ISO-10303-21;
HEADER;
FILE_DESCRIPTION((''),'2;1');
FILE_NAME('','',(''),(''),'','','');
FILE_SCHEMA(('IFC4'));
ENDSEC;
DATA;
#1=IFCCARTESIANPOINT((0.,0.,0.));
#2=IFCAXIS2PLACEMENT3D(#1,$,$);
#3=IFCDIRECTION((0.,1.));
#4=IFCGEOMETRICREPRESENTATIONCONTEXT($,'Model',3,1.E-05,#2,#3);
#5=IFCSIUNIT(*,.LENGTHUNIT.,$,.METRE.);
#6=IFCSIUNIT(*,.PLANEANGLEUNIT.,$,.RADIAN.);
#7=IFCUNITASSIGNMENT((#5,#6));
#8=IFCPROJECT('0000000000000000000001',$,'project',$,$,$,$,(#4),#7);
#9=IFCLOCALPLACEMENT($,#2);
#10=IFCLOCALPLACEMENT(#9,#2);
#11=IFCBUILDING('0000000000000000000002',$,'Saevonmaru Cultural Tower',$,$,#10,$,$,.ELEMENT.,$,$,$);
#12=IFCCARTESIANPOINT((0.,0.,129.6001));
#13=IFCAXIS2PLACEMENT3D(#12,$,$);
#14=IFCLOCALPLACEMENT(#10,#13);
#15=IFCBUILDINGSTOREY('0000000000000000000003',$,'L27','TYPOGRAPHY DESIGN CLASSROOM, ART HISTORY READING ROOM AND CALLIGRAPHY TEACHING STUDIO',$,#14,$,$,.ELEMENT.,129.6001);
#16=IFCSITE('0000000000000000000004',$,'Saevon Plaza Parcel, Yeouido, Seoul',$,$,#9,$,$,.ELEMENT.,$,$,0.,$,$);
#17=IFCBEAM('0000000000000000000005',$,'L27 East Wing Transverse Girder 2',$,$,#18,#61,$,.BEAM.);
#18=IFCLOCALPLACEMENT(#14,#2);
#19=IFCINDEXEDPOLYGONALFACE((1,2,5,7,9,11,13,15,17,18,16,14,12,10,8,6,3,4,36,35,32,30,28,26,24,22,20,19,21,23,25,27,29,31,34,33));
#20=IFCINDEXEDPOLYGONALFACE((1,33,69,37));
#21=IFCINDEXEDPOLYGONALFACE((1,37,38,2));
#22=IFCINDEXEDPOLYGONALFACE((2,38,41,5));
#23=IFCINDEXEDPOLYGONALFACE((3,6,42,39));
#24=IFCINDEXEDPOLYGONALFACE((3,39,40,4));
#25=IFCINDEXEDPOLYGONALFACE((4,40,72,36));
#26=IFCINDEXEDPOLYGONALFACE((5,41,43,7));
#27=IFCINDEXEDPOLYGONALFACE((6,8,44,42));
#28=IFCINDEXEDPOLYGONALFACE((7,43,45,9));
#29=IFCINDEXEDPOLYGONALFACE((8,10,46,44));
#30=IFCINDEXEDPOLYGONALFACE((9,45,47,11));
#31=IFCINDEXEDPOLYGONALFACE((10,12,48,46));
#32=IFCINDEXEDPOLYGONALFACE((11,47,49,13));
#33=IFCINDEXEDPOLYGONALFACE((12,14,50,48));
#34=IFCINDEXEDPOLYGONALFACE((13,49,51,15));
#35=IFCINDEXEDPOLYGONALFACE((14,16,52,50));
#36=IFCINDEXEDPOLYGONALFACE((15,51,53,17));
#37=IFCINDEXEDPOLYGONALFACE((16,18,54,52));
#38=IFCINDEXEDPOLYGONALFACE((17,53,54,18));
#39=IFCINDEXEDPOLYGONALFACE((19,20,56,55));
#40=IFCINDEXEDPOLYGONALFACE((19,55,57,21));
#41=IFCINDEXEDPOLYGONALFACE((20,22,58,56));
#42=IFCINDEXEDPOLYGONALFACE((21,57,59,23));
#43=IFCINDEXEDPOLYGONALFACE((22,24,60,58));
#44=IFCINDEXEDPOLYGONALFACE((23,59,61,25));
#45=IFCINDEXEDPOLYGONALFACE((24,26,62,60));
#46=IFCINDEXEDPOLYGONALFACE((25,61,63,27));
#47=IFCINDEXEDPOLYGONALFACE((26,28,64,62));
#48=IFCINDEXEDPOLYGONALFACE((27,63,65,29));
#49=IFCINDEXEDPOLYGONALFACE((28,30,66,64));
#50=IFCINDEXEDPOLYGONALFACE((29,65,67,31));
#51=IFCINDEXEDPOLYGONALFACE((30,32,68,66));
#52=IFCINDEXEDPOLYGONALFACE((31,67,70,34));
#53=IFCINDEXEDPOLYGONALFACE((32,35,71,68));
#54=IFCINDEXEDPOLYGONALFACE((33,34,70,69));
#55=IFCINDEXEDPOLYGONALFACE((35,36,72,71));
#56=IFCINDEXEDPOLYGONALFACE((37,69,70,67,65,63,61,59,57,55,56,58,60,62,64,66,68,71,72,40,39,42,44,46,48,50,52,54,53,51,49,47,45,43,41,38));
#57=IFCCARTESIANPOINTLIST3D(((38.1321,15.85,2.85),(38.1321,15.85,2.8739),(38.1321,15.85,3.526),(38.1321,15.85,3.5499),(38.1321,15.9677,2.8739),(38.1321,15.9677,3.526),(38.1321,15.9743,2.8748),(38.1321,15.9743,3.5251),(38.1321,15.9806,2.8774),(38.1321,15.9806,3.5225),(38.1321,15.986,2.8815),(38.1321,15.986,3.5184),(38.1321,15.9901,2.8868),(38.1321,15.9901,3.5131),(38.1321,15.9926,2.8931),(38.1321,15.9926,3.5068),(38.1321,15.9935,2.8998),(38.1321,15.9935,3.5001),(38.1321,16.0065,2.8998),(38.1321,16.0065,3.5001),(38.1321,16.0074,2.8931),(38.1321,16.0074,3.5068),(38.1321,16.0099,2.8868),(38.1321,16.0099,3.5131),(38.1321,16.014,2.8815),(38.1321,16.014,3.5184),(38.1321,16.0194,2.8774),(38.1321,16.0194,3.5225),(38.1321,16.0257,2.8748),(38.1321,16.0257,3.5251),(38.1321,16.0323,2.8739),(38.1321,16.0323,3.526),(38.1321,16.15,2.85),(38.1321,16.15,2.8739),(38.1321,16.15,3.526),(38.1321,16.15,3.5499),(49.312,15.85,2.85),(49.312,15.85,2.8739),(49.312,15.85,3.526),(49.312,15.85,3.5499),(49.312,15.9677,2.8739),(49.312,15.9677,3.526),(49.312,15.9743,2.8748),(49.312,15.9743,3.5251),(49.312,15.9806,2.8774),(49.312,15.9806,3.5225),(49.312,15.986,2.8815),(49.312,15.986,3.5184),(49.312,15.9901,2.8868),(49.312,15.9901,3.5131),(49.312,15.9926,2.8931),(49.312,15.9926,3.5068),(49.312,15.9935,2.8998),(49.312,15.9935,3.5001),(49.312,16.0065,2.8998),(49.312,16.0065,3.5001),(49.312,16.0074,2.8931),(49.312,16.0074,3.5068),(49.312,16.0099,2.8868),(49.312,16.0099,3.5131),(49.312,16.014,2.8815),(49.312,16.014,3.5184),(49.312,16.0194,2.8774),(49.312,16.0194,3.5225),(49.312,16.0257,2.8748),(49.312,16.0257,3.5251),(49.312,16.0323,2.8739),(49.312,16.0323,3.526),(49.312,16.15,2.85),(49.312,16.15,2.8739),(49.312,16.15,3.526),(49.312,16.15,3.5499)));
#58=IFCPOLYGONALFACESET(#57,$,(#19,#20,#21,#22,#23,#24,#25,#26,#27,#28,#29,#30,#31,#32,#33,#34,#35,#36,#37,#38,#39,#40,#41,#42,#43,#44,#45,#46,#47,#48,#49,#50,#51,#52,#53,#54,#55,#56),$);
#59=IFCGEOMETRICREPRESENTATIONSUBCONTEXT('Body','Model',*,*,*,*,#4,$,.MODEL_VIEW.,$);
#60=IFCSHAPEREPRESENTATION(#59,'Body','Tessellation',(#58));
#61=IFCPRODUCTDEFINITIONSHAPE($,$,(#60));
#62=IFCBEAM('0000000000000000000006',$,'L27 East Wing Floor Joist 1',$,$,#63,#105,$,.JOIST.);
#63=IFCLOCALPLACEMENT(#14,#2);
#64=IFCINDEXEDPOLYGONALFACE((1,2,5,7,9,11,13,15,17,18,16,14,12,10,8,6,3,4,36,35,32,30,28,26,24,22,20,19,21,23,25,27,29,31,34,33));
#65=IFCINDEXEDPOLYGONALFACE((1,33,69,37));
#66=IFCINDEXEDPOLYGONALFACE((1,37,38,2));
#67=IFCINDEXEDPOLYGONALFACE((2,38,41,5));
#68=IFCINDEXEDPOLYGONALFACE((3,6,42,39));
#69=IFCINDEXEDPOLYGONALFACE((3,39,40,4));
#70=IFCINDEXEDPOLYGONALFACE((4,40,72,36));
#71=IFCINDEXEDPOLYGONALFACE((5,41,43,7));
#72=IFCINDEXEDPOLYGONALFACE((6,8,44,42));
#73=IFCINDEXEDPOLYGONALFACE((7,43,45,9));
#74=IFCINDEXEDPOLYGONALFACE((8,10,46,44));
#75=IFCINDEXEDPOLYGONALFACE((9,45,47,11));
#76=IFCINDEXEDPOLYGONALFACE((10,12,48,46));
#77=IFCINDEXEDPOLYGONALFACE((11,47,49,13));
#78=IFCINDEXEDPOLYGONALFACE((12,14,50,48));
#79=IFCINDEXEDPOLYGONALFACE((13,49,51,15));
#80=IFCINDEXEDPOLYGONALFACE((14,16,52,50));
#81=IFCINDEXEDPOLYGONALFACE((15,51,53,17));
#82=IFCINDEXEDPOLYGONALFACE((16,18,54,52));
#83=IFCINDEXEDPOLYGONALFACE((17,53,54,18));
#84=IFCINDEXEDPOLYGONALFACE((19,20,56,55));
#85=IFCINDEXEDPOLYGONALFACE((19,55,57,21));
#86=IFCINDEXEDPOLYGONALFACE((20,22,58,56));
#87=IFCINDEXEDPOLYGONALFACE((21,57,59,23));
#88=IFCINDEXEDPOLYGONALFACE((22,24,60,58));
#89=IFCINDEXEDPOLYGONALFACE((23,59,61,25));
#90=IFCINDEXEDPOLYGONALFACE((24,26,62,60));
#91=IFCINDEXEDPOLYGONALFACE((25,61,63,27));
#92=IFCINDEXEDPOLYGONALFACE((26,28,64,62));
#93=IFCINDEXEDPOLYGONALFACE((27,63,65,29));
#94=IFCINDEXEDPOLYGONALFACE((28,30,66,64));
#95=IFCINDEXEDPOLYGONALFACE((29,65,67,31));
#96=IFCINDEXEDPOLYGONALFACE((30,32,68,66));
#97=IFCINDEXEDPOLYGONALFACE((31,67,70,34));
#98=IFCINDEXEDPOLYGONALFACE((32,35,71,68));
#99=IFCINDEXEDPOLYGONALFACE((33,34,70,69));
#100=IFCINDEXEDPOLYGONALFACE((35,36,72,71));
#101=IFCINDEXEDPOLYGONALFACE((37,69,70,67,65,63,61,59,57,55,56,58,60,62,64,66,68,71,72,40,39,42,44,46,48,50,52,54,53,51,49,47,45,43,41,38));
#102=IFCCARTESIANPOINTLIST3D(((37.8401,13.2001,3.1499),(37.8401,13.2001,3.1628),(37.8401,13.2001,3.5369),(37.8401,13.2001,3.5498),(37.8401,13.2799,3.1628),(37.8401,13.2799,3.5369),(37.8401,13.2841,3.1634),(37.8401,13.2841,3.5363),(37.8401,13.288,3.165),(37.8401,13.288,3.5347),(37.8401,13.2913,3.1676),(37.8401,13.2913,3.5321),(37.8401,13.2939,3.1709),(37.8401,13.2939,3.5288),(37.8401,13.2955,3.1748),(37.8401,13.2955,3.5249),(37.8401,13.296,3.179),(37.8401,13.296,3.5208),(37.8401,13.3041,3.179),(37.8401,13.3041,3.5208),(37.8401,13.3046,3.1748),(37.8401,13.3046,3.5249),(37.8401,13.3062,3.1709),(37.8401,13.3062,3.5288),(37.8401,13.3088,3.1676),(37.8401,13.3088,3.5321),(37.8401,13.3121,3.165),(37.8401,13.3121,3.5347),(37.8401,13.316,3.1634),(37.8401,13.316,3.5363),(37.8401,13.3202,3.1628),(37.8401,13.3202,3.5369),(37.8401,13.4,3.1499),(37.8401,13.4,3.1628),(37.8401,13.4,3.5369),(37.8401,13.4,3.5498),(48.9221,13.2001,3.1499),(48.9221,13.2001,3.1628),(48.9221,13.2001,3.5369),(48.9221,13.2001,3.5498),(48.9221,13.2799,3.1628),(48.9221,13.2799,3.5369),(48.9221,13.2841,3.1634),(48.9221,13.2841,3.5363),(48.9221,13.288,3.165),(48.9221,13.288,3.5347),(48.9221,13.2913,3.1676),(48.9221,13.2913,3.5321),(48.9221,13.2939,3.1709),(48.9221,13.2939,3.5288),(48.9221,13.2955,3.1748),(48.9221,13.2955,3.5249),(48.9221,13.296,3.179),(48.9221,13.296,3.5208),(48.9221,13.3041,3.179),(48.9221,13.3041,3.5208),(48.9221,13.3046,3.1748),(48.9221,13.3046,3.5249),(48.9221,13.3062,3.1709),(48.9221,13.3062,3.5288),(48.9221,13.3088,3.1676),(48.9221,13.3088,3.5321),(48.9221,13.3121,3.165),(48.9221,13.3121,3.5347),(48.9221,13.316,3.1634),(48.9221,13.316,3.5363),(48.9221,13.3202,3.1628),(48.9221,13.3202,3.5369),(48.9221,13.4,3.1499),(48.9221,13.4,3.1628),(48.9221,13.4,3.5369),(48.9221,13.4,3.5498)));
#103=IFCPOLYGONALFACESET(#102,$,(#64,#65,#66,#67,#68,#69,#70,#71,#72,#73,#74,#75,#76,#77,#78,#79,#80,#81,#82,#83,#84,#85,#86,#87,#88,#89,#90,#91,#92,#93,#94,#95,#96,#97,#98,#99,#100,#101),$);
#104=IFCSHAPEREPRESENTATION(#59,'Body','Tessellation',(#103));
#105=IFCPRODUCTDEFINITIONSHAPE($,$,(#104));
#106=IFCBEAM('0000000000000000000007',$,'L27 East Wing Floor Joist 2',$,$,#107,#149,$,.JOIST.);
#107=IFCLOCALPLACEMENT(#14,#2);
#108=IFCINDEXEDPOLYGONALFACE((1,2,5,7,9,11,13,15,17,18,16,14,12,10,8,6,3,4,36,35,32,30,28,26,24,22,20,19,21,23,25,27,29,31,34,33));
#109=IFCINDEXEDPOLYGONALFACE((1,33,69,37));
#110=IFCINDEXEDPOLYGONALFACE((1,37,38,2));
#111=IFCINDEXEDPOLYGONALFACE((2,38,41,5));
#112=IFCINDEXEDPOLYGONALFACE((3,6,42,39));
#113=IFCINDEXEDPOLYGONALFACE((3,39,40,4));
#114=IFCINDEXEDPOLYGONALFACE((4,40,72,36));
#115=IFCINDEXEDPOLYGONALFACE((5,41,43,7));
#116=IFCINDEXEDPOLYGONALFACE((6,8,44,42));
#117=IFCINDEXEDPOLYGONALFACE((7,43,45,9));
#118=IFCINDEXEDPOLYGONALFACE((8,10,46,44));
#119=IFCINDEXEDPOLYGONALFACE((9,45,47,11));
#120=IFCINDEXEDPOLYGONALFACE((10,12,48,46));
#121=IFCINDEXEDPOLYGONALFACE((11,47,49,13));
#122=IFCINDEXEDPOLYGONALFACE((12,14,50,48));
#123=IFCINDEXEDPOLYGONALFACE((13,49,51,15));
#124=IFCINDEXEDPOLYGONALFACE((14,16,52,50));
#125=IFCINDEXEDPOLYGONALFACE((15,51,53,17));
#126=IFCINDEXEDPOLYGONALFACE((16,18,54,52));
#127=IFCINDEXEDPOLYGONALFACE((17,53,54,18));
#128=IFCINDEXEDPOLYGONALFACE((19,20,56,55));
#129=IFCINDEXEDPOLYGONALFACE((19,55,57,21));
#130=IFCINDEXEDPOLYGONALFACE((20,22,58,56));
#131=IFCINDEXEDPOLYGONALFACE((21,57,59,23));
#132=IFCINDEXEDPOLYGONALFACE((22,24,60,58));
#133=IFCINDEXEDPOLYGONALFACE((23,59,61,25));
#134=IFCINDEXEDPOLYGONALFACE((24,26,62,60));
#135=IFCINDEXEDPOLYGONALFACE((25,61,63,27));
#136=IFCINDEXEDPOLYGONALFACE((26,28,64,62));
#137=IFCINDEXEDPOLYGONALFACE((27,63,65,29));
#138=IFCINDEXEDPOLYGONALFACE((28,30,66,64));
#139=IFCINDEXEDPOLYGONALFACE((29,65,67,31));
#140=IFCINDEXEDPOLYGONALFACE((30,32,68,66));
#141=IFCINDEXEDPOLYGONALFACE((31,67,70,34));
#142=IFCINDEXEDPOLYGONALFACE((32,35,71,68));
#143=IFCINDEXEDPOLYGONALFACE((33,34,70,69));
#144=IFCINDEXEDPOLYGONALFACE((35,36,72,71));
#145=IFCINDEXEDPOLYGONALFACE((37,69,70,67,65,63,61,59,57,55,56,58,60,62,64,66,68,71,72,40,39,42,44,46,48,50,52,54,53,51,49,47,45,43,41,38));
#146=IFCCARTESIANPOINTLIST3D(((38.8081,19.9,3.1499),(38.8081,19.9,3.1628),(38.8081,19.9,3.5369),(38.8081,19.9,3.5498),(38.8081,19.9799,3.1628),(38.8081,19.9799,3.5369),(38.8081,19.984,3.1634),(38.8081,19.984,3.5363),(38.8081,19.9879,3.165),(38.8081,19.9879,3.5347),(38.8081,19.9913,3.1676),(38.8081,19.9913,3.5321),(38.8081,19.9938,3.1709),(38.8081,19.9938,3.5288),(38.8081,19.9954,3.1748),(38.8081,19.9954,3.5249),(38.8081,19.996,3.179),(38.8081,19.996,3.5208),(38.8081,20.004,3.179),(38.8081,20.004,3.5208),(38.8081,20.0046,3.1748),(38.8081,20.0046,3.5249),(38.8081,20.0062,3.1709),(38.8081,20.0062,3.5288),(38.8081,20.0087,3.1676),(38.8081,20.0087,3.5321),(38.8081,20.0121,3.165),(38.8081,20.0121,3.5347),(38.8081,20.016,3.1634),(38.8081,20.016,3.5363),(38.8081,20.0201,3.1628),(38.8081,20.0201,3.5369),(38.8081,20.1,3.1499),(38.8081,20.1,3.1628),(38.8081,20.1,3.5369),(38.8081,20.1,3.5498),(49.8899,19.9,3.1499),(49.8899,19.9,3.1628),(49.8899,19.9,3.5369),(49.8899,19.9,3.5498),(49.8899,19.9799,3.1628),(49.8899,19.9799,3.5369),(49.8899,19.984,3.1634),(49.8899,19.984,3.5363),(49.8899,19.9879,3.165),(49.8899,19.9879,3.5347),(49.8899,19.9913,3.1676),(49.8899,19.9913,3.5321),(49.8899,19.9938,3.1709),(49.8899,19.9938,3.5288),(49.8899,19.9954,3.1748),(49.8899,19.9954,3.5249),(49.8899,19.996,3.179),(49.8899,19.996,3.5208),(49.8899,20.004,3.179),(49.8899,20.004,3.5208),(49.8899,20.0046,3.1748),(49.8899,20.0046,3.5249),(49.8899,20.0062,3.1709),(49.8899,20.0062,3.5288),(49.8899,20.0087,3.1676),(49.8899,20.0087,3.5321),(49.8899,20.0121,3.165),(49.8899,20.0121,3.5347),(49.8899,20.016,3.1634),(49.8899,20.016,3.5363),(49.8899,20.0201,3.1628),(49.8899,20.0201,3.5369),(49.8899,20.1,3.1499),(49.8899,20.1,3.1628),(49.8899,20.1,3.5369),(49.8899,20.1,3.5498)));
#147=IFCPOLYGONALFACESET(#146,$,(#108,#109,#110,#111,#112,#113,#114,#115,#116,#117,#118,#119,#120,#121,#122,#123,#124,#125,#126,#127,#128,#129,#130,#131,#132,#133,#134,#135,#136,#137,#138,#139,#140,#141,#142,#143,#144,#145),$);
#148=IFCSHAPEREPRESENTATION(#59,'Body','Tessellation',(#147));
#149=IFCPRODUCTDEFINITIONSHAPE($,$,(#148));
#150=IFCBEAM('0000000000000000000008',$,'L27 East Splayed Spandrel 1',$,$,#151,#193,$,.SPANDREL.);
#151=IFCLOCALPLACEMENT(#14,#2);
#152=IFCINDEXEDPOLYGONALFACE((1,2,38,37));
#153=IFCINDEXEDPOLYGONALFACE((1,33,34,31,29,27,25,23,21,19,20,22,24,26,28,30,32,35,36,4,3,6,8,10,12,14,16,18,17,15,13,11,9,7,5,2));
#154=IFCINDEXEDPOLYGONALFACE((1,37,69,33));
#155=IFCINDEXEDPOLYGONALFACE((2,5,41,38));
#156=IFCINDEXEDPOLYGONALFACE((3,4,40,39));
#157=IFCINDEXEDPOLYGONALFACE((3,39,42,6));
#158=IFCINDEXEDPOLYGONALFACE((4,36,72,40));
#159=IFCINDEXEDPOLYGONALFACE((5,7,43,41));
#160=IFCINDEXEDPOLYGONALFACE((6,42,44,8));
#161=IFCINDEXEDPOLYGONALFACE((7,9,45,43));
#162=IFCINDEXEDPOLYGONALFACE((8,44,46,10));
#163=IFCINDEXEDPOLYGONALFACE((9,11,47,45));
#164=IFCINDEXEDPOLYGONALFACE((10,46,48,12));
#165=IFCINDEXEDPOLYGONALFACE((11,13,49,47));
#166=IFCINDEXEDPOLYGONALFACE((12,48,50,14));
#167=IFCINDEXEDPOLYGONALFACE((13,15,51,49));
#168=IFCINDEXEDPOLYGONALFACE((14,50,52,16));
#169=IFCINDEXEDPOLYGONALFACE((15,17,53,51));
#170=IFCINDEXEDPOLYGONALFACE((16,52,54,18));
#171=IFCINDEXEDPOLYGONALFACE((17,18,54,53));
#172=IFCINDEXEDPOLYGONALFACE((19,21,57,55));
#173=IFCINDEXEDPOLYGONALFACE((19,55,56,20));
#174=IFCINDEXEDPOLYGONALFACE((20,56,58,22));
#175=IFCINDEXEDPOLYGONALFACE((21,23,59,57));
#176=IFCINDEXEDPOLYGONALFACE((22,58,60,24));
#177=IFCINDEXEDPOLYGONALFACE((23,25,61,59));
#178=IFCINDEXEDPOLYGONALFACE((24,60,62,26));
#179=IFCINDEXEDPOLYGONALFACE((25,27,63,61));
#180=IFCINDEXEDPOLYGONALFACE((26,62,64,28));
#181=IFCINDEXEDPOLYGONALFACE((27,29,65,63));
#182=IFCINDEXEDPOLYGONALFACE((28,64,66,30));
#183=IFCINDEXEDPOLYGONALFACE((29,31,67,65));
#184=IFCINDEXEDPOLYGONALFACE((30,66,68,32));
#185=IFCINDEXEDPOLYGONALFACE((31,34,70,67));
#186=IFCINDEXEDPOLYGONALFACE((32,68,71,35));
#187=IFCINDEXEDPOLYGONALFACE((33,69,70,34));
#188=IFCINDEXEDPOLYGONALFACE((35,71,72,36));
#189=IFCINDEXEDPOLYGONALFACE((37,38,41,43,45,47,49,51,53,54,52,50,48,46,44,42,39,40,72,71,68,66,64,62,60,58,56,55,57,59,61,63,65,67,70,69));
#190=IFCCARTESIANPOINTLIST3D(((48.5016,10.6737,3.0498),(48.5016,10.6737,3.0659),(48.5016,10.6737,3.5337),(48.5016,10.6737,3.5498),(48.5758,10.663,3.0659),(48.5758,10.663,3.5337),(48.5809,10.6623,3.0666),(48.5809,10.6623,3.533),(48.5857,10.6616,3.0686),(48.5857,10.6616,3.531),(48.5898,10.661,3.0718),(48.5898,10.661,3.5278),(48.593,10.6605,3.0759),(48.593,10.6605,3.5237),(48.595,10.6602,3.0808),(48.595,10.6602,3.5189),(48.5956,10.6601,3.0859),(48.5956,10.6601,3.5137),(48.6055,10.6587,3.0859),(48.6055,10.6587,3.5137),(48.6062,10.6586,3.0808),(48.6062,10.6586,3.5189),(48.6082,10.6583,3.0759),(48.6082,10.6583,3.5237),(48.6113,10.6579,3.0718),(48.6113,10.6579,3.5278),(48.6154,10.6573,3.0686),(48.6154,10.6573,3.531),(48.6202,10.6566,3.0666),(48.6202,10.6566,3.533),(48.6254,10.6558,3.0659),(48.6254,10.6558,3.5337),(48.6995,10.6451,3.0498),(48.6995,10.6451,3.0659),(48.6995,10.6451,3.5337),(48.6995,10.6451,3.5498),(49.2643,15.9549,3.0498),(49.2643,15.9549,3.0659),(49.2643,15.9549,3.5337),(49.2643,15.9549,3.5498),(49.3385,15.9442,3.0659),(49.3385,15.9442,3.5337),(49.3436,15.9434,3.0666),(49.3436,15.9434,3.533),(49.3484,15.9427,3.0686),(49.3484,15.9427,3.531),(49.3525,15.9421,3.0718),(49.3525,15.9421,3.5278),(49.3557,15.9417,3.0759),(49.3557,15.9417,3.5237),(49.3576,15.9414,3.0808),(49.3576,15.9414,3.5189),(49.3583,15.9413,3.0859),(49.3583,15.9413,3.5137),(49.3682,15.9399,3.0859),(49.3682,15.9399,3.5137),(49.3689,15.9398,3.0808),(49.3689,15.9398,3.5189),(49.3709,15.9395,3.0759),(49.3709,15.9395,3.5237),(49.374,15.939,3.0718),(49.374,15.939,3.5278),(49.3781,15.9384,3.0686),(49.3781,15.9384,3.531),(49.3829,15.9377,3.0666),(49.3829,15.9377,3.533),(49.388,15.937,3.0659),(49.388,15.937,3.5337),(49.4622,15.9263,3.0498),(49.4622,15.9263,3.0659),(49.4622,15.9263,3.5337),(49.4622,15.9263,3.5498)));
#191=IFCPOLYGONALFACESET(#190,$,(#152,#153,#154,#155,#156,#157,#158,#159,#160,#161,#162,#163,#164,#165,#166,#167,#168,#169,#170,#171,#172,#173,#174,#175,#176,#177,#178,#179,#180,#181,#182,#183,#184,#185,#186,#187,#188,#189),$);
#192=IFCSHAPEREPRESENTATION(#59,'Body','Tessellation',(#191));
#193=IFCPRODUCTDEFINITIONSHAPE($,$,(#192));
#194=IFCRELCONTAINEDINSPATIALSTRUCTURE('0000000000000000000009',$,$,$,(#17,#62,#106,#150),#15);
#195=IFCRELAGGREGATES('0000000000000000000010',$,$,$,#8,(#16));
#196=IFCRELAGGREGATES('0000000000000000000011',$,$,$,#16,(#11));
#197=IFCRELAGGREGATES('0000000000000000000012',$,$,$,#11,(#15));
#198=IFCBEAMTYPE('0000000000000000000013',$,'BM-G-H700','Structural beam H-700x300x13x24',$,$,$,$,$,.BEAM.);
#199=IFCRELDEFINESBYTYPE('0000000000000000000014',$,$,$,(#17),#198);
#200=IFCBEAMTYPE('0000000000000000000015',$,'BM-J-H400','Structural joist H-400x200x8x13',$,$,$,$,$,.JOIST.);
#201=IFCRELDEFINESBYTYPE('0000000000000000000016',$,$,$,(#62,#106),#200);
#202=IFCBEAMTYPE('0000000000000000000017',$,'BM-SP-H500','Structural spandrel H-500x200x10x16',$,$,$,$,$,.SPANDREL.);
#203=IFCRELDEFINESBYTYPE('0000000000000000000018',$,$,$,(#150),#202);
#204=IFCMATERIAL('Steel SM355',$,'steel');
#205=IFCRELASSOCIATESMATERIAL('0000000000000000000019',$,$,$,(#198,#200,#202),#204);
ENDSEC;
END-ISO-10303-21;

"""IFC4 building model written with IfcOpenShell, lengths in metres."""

from ifc_helpers import new_model, si_unit, direction, frame, origin, origin_2d, place, context, subcontext, project, spatial, i_section, extrude, material, material_profile, profile_set, type_object, element, save


model = new_model("IFC4")

# Units and contexts
model_context = context("Model", 3, precision=1e-05, world=origin(), true_north=direction((0.0, 1.0)))
body_context = subcontext(model_context, "Body", "Model", "MODEL_VIEW")
ifc_project = project(units=[si_unit("LENGTHUNIT", "METRE"), si_unit("PLANEANGLEUNIT", "RADIAN")], contexts=[model_context])

# Site, building, storey
site_placement = place(None, origin())
site = spatial("IfcSite", under=ifc_project, at=site_placement, Name="Saevon Plaza Parcel, Yeouido, Seoul", CompositionType="ELEMENT", RefElevation=0.0)
building_placement = place(site_placement, origin())
building = spatial("IfcBuilding", under=site, at=building_placement, Name="Saevonmaru Cultural Tower", CompositionType="ELEMENT")
storey_placement = place(building_placement, frame((0.0, 0.0, 129.6001)))
storey = spatial("IfcBuildingStorey", under=building, at=storey_placement, Name="L27", Description="TYPOGRAPHY DESIGN CLASSROOM, ART HISTORY READING ROOM AND CALLIGRAPHY TEACHING STUDIO", CompositionType="ELEMENT", Elevation=129.6001)

# Shared definitions
ifc_material_1 = material(Name="Steel SM355", Category="steel")

# Beams
ifc_material_profile_1 = material_profile(ifc_material_1, i_section(OverallWidth=0.3, OverallDepth=0.7, WebThickness=0.0129, FlangeThickness=0.0239, FilletRadius=0.0259, at=origin_2d()), Name="H-700x300x13x24")
ifc_profile_set_1 = profile_set([ifc_material_profile_1], Name="Steel SM355")
beam_type_1 = type_object("IfcBeamType", Name="BM-G-H700", Description="Structural beam H-700x300x13x24", PredefinedType="BEAM", material=ifc_profile_set_1)
for number, where, z_axis, x_axis, name in (
    (1, (38.1321, 16.0, 3.2), (1.0, 0.0, 0.0), (0.0, 1.0, 0.0), "L27 East Wing Transverse Girder 2"),
):
    element("IfcBeam", number, at=place(storey_placement, frame(where, z_axis=z_axis, x_axis=x_axis)), inside=storey, type_object=beam_type_1, Name=name, PredefinedType="BEAM", context=body_context, shape_type="SweptSolid", body=[
        extrude(i_section(OverallWidth=0.3, OverallDepth=0.7, WebThickness=0.0129, FlangeThickness=0.0239, FilletRadius=0.0259, at=origin_2d()), origin(), (0.0, 0.0, 1.0), 11.1799),
    ])
ifc_material_profile_2 = material_profile(ifc_material_1, i_section(OverallWidth=0.2, OverallDepth=0.3999, WebThickness=0.0081, FlangeThickness=0.0129, FilletRadius=0.0161, at=origin_2d()), Name="H-400x200x8x13")
ifc_profile_set_2 = profile_set([ifc_material_profile_2], Name="Steel SM355")
beam_type_2 = type_object("IfcBeamType", Name="BM-J-H400", Description="Structural joist H-400x200x8x13", PredefinedType="JOIST", material=ifc_profile_set_2)
beam_1_placement = place(storey_placement, frame((37.8401, 13.3, 3.3499), z_axis=(1.0, 0.0, 0.0), x_axis=(0.0, 1.0, 0.0)))
element("IfcBeam", 2, at=beam_1_placement, inside=storey, type_object=beam_type_2, Name="L27 East Wing Floor Joist 1", PredefinedType="JOIST", context=body_context, shape_type="SweptSolid", body=[
    extrude(i_section(OverallWidth=0.2, OverallDepth=0.3999, WebThickness=0.0081, FlangeThickness=0.0129, FilletRadius=0.0161, at=origin_2d()), origin(), (0.0, 0.0, 1.0), 11.082),
])
beam_2_placement = place(storey_placement, frame((38.8081, 20.0, 3.3499), z_axis=(1.0, 0.0, 0.0), x_axis=(0.0, 1.0, 0.0)))
element("IfcBeam", 3, at=beam_2_placement, inside=storey, type_object=beam_type_2, Name="L27 East Wing Floor Joist 2", PredefinedType="JOIST", context=body_context, shape_type="SweptSolid", body=[
    extrude(i_section(OverallWidth=0.2, OverallDepth=0.3999, WebThickness=0.0081, FlangeThickness=0.0129, FilletRadius=0.0161, at=origin_2d()), origin(), (0.0, 0.0, 1.0), 11.0818),
])
ifc_material_profile_3 = material_profile(ifc_material_1, i_section(OverallWidth=0.2, OverallDepth=0.5, WebThickness=0.01, FlangeThickness=0.0161, FilletRadius=0.02, at=origin_2d()), Name="H-500x200x10x16")
ifc_profile_set_3 = profile_set([ifc_material_profile_3], Name="Steel SM355")
beam_type_3 = type_object("IfcBeamType", Name="BM-SP-H500", Description="Structural spandrel H-500x200x10x16", PredefinedType="SPANDREL", material=ifc_profile_set_3)
beam_3_placement = place(storey_placement, frame((48.6006, 10.6594, 3.2998), z_axis=(0.142933, 0.989732, 0.0), x_axis=(-0.989732, 0.142933, 0.0)))
element("IfcBeam", 4, at=beam_3_placement, inside=storey, type_object=beam_type_3, Name="L27 East Splayed Spandrel 1", PredefinedType="SPANDREL", context=body_context, shape_type="SweptSolid", body=[
    extrude(i_section(OverallWidth=0.2, OverallDepth=0.5, WebThickness=0.01, FlangeThickness=0.0161, FilletRadius=0.02, at=origin_2d()), origin(), (0.0, 0.0, 1.0), 5.3359),
])

save(model, "model.ifc")
